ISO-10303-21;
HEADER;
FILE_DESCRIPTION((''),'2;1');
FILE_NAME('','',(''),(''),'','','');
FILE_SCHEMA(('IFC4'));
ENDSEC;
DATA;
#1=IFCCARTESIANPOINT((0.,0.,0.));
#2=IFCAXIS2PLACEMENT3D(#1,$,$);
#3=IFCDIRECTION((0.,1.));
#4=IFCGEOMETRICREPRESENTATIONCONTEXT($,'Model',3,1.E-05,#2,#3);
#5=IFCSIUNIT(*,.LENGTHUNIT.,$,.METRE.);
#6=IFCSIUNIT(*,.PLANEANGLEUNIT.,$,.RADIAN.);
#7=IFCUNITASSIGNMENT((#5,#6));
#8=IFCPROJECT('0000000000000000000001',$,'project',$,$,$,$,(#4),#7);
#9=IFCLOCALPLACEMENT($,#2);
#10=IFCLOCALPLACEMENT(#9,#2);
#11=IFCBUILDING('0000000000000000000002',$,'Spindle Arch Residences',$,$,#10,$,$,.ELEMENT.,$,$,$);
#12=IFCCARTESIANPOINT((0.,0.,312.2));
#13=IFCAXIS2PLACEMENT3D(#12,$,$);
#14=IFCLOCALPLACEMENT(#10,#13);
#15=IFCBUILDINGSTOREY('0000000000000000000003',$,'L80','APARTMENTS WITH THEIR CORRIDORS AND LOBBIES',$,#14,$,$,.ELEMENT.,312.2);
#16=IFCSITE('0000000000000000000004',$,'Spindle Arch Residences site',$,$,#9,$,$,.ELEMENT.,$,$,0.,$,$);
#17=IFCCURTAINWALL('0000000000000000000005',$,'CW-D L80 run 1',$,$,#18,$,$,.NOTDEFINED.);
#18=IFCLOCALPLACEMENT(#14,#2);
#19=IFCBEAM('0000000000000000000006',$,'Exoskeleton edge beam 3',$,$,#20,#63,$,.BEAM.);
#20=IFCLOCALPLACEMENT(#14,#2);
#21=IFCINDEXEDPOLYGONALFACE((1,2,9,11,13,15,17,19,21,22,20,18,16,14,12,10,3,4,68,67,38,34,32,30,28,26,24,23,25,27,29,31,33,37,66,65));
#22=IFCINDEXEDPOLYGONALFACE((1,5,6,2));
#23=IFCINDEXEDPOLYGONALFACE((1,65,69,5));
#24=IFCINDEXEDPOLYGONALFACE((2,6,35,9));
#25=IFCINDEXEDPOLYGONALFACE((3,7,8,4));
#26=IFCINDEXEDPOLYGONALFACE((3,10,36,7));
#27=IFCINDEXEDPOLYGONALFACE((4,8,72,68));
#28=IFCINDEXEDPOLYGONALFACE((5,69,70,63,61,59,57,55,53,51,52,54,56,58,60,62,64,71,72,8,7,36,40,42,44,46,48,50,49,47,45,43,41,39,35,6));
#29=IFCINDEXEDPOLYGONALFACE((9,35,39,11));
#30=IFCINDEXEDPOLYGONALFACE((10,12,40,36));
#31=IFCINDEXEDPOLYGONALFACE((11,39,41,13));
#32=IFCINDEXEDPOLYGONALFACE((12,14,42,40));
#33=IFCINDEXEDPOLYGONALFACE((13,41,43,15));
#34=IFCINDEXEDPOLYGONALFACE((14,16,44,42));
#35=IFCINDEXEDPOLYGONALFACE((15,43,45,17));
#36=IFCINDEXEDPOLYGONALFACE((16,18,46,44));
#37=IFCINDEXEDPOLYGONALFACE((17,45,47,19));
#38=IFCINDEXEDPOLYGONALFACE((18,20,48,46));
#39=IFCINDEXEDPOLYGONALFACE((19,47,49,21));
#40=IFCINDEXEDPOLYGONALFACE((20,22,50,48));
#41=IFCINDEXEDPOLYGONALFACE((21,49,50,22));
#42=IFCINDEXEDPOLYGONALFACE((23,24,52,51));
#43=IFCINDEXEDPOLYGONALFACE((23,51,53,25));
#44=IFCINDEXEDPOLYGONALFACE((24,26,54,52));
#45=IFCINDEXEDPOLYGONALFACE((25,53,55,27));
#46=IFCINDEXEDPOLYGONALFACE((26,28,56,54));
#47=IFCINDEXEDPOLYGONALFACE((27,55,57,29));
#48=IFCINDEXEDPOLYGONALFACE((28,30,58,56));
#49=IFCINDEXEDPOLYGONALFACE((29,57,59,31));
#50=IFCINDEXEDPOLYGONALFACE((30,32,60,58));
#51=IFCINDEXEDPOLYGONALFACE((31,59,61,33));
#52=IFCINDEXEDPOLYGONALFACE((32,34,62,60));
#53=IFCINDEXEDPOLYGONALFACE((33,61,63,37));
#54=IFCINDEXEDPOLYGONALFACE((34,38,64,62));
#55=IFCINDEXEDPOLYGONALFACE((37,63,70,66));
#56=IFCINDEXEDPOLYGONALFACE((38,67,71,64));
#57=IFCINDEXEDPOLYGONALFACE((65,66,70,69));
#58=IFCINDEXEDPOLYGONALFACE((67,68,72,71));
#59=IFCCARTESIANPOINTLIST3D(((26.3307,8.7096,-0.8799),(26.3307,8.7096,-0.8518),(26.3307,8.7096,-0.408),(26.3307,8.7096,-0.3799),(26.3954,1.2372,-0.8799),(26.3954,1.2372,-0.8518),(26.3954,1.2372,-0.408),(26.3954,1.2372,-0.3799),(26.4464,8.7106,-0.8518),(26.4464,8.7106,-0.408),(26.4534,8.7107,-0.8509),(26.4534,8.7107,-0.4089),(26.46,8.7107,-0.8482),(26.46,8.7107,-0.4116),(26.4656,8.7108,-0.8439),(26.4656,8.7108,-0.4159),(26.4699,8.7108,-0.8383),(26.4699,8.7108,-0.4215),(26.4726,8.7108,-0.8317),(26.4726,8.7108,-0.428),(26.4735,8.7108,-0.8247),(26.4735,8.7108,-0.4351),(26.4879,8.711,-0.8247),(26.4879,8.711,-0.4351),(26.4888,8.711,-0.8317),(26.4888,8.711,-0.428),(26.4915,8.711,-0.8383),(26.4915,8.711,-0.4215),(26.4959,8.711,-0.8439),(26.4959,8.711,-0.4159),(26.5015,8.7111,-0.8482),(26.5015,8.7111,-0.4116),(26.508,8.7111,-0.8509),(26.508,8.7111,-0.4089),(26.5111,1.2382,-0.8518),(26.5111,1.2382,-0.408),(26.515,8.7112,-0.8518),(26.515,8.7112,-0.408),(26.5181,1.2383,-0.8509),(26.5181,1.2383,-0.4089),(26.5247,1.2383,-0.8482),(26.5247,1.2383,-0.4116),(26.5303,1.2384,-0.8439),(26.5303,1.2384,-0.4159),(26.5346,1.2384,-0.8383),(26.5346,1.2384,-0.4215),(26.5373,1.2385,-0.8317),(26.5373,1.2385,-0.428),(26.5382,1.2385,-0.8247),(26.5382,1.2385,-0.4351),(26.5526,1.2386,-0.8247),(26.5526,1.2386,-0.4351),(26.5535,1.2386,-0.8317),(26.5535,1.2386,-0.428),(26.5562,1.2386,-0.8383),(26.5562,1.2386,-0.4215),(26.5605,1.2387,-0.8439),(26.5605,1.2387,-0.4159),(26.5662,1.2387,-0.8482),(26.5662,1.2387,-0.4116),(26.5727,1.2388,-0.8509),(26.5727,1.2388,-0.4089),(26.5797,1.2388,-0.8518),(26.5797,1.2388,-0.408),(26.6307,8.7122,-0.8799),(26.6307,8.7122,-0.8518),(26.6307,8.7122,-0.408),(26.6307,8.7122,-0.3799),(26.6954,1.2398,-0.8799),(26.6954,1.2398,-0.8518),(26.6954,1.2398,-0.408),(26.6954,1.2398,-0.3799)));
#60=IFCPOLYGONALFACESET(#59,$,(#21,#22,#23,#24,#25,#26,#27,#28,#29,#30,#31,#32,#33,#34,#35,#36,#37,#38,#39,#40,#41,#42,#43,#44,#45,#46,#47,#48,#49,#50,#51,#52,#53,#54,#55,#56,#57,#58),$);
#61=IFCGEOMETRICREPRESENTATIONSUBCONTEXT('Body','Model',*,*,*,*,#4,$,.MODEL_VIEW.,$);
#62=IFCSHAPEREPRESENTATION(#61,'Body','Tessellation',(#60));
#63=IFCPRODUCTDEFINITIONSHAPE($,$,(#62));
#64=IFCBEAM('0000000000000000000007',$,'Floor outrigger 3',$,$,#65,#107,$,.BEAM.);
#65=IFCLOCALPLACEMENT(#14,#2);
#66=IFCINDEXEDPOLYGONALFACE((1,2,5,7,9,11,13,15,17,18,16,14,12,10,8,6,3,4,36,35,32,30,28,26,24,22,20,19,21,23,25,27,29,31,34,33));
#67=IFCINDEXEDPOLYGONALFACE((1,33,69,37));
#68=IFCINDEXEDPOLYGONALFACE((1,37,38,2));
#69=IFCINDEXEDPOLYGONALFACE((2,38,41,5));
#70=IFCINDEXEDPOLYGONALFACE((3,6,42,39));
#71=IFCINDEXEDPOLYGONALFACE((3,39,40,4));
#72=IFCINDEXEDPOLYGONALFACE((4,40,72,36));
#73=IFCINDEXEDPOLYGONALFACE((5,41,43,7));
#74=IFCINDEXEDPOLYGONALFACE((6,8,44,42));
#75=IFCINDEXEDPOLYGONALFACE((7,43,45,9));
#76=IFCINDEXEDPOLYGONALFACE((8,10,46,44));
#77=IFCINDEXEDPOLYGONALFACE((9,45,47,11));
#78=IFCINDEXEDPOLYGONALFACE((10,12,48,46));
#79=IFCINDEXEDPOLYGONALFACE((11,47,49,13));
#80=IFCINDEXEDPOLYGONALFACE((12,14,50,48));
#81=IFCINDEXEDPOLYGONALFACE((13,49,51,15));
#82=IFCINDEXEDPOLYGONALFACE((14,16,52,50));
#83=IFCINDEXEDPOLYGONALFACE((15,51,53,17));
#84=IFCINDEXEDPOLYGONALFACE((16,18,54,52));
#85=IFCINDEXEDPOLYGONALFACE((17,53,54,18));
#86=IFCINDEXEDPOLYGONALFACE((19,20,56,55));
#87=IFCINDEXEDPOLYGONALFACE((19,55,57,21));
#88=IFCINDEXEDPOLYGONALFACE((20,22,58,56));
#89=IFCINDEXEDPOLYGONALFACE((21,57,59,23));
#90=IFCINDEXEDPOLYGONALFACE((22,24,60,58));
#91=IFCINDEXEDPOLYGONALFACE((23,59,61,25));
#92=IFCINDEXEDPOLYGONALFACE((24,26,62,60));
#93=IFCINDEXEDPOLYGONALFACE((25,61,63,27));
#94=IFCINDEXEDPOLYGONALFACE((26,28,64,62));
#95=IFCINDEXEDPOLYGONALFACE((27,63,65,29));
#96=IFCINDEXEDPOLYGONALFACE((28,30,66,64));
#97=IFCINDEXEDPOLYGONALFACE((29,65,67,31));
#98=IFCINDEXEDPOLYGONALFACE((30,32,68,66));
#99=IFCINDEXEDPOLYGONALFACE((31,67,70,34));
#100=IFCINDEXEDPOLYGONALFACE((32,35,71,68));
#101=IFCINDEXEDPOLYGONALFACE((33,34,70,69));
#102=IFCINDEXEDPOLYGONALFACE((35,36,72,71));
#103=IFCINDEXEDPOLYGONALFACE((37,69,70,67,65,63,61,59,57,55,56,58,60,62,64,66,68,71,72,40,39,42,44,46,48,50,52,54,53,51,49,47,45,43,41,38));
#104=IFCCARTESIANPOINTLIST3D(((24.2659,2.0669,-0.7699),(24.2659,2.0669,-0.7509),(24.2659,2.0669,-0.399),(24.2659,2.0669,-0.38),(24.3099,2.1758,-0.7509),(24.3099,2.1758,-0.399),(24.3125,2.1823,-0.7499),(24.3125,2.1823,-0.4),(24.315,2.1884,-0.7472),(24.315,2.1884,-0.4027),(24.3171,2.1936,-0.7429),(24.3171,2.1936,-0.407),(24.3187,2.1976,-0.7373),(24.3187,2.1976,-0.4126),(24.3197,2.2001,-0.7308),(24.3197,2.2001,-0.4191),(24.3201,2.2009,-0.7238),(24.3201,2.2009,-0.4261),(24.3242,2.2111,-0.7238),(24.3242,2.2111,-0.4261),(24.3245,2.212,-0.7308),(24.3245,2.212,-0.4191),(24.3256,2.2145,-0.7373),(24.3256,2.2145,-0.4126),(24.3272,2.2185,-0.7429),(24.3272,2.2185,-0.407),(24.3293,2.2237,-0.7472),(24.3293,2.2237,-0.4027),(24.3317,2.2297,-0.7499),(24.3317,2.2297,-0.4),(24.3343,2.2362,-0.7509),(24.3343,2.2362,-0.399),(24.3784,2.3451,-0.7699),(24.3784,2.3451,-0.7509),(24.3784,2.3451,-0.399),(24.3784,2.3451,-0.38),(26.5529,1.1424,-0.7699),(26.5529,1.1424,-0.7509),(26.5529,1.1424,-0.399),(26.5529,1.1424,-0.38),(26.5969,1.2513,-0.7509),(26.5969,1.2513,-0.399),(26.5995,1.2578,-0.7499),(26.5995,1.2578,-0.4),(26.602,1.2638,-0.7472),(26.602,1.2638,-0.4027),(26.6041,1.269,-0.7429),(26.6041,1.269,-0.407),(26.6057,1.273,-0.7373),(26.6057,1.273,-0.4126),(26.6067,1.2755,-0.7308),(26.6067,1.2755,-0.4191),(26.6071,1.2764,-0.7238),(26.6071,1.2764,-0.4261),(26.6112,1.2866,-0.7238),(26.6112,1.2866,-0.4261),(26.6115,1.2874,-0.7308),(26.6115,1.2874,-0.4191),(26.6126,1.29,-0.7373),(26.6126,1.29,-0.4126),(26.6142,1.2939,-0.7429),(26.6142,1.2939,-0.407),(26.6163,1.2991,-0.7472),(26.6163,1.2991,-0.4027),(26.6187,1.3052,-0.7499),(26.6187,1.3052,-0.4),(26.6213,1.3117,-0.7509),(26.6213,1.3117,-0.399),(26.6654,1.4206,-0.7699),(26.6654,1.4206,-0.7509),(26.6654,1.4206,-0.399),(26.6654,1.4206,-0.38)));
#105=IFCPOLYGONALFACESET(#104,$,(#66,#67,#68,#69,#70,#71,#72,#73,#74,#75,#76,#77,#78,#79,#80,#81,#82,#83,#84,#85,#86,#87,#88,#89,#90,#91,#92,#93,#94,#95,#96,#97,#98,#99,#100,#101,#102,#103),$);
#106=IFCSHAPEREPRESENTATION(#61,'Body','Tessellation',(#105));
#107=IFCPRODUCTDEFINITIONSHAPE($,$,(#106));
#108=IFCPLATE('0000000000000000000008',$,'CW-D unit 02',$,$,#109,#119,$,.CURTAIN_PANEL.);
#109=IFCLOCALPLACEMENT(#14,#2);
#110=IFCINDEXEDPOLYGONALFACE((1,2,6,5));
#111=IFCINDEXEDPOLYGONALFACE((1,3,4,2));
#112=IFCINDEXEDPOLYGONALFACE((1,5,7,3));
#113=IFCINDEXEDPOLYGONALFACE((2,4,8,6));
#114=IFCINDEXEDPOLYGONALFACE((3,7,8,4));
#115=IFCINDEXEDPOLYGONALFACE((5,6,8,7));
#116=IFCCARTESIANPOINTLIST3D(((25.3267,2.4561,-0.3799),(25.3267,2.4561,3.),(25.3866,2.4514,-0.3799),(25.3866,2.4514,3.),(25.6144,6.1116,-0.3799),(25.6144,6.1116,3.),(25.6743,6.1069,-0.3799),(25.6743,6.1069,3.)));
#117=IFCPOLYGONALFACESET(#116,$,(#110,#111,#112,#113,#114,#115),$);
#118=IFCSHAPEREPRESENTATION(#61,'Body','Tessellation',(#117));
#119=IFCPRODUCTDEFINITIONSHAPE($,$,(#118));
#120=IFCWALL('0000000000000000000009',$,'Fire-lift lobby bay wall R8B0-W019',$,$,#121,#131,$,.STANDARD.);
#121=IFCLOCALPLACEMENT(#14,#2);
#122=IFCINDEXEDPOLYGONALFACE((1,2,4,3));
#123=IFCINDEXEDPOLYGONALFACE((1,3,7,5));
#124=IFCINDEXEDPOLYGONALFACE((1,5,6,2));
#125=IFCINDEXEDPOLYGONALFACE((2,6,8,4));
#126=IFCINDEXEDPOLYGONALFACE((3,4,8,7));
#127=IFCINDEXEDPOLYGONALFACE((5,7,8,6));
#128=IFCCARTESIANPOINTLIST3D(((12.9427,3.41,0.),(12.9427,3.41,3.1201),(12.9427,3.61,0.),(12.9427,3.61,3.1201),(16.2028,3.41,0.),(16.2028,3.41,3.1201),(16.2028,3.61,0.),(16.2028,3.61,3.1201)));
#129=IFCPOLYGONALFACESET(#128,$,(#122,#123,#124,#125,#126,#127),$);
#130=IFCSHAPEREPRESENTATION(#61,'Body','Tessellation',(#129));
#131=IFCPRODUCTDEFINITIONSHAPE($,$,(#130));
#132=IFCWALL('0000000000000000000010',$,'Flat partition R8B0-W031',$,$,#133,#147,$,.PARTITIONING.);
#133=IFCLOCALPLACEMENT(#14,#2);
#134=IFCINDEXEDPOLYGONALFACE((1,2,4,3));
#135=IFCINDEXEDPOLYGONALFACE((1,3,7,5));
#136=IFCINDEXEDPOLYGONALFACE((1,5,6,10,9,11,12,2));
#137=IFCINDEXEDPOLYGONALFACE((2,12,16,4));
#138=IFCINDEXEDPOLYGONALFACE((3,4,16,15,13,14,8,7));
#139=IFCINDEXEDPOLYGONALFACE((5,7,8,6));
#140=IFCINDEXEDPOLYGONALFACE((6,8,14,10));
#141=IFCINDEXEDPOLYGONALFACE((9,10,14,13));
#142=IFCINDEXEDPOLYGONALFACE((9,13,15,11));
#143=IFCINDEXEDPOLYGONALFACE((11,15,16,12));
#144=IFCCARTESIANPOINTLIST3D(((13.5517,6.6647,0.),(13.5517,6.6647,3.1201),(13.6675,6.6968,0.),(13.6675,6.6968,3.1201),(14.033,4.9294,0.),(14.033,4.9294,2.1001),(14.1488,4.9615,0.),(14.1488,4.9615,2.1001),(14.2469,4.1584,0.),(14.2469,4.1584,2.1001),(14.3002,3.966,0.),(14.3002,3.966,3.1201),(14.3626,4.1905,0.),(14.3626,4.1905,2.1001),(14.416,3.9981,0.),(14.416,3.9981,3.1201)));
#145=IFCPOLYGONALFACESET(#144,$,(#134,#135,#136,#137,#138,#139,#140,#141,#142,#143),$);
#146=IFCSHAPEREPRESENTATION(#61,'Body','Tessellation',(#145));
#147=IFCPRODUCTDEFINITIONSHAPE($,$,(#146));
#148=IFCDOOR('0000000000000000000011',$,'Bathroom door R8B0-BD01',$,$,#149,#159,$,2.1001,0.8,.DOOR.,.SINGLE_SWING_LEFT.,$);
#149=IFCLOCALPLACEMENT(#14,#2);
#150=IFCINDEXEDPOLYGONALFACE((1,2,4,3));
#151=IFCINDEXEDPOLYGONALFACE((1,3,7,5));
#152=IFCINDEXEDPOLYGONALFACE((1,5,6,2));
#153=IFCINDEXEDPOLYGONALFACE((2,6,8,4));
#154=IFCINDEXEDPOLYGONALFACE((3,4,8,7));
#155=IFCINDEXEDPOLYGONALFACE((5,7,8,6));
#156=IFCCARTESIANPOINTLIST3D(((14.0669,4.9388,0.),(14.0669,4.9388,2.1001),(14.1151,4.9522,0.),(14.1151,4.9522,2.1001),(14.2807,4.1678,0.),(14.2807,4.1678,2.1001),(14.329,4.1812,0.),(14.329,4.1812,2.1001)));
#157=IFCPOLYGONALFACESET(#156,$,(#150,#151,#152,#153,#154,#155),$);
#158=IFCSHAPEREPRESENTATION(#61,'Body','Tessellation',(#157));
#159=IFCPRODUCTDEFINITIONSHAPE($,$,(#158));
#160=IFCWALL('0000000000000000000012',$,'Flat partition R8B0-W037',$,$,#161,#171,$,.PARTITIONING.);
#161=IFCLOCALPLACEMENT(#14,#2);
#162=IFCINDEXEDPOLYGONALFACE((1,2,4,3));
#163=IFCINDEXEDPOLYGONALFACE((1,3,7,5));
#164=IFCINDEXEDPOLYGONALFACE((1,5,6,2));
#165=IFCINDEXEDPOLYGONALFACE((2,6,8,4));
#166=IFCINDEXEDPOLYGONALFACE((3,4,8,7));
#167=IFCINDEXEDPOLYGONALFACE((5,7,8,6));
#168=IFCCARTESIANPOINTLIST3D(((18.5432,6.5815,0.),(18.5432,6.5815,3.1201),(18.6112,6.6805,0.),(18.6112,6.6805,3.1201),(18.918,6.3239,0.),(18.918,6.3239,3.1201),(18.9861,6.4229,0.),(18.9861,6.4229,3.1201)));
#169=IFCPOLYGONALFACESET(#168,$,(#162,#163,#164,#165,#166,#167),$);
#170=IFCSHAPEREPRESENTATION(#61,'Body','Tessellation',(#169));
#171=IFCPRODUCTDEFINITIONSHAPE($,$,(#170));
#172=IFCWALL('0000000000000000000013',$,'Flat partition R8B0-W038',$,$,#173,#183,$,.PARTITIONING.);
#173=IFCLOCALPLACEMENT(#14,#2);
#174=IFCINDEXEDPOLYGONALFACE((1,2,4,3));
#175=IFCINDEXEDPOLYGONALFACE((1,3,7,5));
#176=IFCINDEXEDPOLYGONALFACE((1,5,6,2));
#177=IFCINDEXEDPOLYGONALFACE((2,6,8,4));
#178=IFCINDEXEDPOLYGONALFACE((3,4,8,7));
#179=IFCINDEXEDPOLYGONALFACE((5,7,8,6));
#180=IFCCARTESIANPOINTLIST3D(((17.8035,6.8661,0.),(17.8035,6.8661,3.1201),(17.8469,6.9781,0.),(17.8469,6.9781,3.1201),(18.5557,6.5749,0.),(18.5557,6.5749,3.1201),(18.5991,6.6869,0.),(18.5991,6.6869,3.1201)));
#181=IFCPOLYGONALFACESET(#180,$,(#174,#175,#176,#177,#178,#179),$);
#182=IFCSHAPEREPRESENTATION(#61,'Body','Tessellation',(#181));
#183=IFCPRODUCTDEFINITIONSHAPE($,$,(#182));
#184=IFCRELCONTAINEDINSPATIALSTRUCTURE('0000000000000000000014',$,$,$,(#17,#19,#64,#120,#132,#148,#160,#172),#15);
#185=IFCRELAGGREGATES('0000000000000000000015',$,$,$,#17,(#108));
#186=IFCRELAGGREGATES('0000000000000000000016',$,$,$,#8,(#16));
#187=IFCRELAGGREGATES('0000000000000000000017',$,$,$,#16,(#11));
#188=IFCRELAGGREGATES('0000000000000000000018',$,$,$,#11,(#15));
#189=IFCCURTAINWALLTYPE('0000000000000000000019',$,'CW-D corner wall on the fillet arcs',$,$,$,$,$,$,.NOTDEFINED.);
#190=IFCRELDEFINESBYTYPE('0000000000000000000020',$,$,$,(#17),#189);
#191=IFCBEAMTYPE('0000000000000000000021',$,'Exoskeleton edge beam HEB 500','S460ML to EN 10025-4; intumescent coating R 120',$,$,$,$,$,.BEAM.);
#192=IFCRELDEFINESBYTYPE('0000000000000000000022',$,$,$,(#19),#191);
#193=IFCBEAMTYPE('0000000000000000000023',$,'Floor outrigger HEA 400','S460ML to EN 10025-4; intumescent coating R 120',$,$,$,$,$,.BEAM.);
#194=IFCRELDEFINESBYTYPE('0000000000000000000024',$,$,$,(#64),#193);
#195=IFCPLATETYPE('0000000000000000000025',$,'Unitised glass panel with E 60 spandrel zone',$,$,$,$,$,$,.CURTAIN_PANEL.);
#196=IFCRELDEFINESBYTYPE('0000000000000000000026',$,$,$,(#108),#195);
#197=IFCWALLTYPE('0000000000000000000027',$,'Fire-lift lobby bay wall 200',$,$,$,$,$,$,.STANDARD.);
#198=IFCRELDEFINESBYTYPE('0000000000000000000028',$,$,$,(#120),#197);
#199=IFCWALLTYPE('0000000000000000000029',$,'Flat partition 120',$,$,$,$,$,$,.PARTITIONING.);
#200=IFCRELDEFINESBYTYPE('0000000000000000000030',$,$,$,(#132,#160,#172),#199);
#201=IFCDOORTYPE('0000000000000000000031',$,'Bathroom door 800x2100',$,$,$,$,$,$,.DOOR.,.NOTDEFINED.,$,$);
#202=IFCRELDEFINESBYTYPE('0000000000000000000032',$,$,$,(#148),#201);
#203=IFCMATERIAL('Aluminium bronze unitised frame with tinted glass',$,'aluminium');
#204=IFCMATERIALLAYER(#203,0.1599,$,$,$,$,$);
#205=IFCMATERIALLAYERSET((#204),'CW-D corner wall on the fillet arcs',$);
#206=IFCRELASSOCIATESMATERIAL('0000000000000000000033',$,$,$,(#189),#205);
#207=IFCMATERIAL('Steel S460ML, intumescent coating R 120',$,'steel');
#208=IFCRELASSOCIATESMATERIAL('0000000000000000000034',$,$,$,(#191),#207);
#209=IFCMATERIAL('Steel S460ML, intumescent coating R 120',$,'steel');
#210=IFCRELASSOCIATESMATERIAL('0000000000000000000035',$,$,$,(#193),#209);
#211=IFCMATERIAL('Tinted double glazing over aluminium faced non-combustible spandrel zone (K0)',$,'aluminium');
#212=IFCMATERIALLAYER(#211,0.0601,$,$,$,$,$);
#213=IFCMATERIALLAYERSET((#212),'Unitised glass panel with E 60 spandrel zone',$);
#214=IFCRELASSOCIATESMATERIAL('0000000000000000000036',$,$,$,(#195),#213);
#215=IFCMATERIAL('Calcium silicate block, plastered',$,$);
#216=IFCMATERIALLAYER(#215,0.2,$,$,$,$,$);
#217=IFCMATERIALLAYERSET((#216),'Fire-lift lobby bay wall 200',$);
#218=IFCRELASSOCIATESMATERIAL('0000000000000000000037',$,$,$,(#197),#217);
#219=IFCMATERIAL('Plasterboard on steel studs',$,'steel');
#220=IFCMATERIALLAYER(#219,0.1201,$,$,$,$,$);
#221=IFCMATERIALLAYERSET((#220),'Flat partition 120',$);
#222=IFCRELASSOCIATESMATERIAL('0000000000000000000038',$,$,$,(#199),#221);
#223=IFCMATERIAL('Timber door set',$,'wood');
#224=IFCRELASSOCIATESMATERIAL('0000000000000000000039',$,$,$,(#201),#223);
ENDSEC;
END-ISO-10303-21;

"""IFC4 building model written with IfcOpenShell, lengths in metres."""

from ifc_helpers import new_model, si_unit, direction, frame, frame_2d, origin, origin_2d, place, context, subcontext, project, spatial, rectangle, i_section, extrude, material, layer, layer_set, material_profile, profile_set, type_object, element, fill, aggregate, save


model = new_model("IFC4")

# Units and contexts
model_context = context("Model", 3, precision=1e-05, world=origin(), true_north=direction((0.0, 1.0)))
body_context = subcontext(model_context, "Body", "Model", "MODEL_VIEW")
ifc_project = project(units=[si_unit("LENGTHUNIT", "METRE"), si_unit("PLANEANGLEUNIT", "RADIAN")], contexts=[model_context])

# Site, building, storey
site_placement = place(None, origin())
site = spatial("IfcSite", under=ifc_project, at=site_placement, Name="Spindle Arch Residences site", CompositionType="ELEMENT", RefElevation=0.0)
building_placement = place(site_placement, origin())
building = spatial("IfcBuilding", under=site, at=building_placement, Name="Spindle Arch Residences", CompositionType="ELEMENT")
storey_placement = place(building_placement, frame((0.0, 0.0, 312.2)))
storey = spatial("IfcBuildingStorey", under=building, at=storey_placement, Name="L80", Description="APARTMENTS WITH THEIR CORRIDORS AND LOBBIES", CompositionType="ELEMENT", Elevation=312.2)

# Curtain wall
ifc_material_1 = material(Name="Aluminium bronze unitised frame with tinted glass", Category="aluminium")
ifc_layer_1 = layer(ifc_material_1, 0.1599)
ifc_layer_set_1 = layer_set([ifc_layer_1], Name="CW-D corner wall on the fillet arcs")
curtain_wall_type = type_object("IfcCurtainWallType", Name="CW-D corner wall on the fillet arcs", PredefinedType="NOTDEFINED", material=ifc_layer_set_1)
curtain_wall_placement = place(storey_placement, origin())
curtain_wall = element("IfcCurtainWall", 1, at=curtain_wall_placement, inside=storey, type_object=curtain_wall_type, Name="CW-D L80 run 1", PredefinedType="NOTDEFINED")

# Beams
ifc_material_2 = material(Name="Steel S460ML, intumescent coating R 120", Category="steel")
ifc_material_profile_1 = material_profile(ifc_material_2, i_section(OverallWidth=0.3, OverallDepth=0.5, WebThickness=0.0144, FlangeThickness=0.0281, FilletRadius=0.0271, at=origin_2d()), Name="HEB 500")
ifc_profile_set_1 = profile_set([ifc_material_profile_1], Name="Steel S460ML, intumescent coating R 120")
beam_type_1 = type_object("IfcBeamType", Name="Exoskeleton edge beam HEB 500", Description="S460ML to EN 10025-4; intumescent coating R 120", PredefinedType="BEAM", material=ifc_profile_set_1)
beam_1_placement = place(storey_placement, frame((26.5454, 1.2385, -0.6299), z_axis=(-0.008658, 0.999963, 0.0), x_axis=(-0.999963, -0.008658, 0.0)))
element("IfcBeam", 2, at=beam_1_placement, inside=storey, type_object=beam_type_1, Name="Exoskeleton edge beam 3", PredefinedType="BEAM", context=body_context, shape_type="SweptSolid", body=[
    extrude(i_section(OverallWidth=0.3, OverallDepth=0.5, WebThickness=0.0144, FlangeThickness=0.0281, FilletRadius=0.0271, at=origin_2d()), origin(), (0.0, 0.0, 1.0), 7.4727),
])
ifc_material_3 = material(Name="Steel S460ML, intumescent coating R 120", Category="steel")
ifc_material_profile_2 = material_profile(ifc_material_3, i_section(OverallWidth=0.3, OverallDepth=0.3899, WebThickness=0.011, FlangeThickness=0.019, FilletRadius=0.0271, at=origin_2d()), Name="HEA 400")
ifc_profile_set_2 = profile_set([ifc_material_profile_2], Name="Steel S460ML, intumescent coating R 120")
beam_type_2 = type_object("IfcBeamType", Name="Floor outrigger HEA 400", Description="S460ML to EN 10025-4; intumescent coating R 120", PredefinedType="BEAM", material=ifc_profile_set_2)
beam_2_placement = place(storey_placement, frame((26.6091, 1.2815, -0.575), z_axis=(-0.927112, 0.374784, 0.0), x_axis=(-0.374784, -0.927112, 0.0)))
element("IfcBeam", 3, at=beam_2_placement, inside=storey, type_object=beam_type_2, Name="Floor outrigger 3", PredefinedType="BEAM", context=body_context, shape_type="SweptSolid", body=[
    extrude(i_section(OverallWidth=0.3, OverallDepth=0.3899, WebThickness=0.011, FlangeThickness=0.019, FilletRadius=0.0271, at=origin_2d()), origin(), (0.0, 0.0, 1.0), 2.4668),
])

# Plate
ifc_material_4 = material(Name="Tinted double glazing over aluminium faced non-combustible spandrel zone (K0)", Category="aluminium")
ifc_layer_2 = layer(ifc_material_4, 0.0601)
ifc_layer_set_2 = layer_set([ifc_layer_2], Name="Unitised glass panel with E 60 spandrel zone")
plate_type = type_object("IfcPlateType", Name="Unitised glass panel with E 60 spandrel zone", PredefinedType="CURTAIN_PANEL", material=ifc_layer_set_2)
plate_placement = place(storey_placement, frame((25.5005, 4.2815, -0.3799), z_axis=(0.0, 0.0, 1.0), x_axis=(0.078459, 0.996917, 0.0)))
plate = element("IfcPlate", 4, at=plate_placement, type_object=plate_type, Name="CW-D unit 02", PredefinedType="CURTAIN_PANEL", context=body_context, shape_type="SweptSolid", body=[
    extrude(rectangle(XDim=3.6667, YDim=0.0601, at=origin_2d()), origin(), (0.0, 0.0, 1.0), 3.3799),
])
aggregate(curtain_wall, [plate])

# Wall
ifc_material_5 = material(Name="Calcium silicate block, plastered")
ifc_layer_3 = layer(ifc_material_5, 0.2)
ifc_layer_set_3 = layer_set([ifc_layer_3], Name="Fire-lift lobby bay wall 200")
wall_type_1 = type_object("IfcWallType", Name="Fire-lift lobby bay wall 200", PredefinedType="STANDARD", material=ifc_layer_set_3)
wall_1_placement = place(storey_placement, frame((16.2026, 3.51, 0.0), z_axis=(0.0, 0.0, 1.0), x_axis=(-1.0, 0.0, 0.0)))
element("IfcWall", 5, at=wall_1_placement, inside=storey, type_object=wall_type_1, Name="Fire-lift lobby bay wall R8B0-W019", PredefinedType="STANDARD", context=body_context, shape_type="SweptSolid", body=[
    extrude(rectangle(XDim=3.26, YDim=0.2, at=frame_2d((1.6299, 0.0))), origin(), (0.0, 0.0, 1.0), 3.1201),
])

# Wall, opening, door
ifc_material_6 = material(Name="Plasterboard on steel studs", Category="steel")
ifc_layer_4 = layer(ifc_material_6, 0.1201)
ifc_layer_set_4 = layer_set([ifc_layer_4], Name="Flat partition 120")
wall_type_2 = type_object("IfcWallType", Name="Flat partition 120", PredefinedType="PARTITIONING", material=ifc_layer_set_4)
wall_2_placement = place(storey_placement, frame((14.3582, 3.9819, 0.0), z_axis=(0.0, 0.0, 1.0), x_axis=(-0.267275, 0.96362, 0.0)))
wall_2 = element("IfcWall", 6, at=wall_2_placement, inside=storey, type_object=wall_type_2, Name="Flat partition R8B0-W031", PredefinedType="PARTITIONING", context=body_context, shape_type="SweptSolid", body=[
    extrude(rectangle(XDim=2.8005, YDim=0.1201, at=frame_2d((1.4004, 0.0))), origin(), (0.0, 0.0, 1.0), 3.1201),
])
opening_1_placement = place(wall_2_placement, frame((0.2, 0.0, 0.0)))
opening_1 = element("IfcOpeningElement", 7, at=opening_1_placement, cuts=wall_2, PredefinedType="OPENING", context=body_context, shape_type="SweptSolid", body=[
    extrude(rectangle(XDim=0.8, YDim=2.1001, at=frame_2d((0.3999, 1.05))), frame((0.0, 0.0701, 0.0), z_axis=(0.0, -1.0, 0.0), x_axis=(1.0, 0.0, 0.0)), (0.0, 0.0, 1.0), 0.1401),
])
ifc_material_7 = material(Name="Timber door set", Category="wood")
door_type_1 = type_object("IfcDoorType", Name="Bathroom door 800x2100", OperationType="NOTDEFINED", PredefinedType="DOOR", material=ifc_material_7)
door_1_placement = place(opening_1_placement, origin())
door_1 = element("IfcDoor", 8, at=door_1_placement, inside=storey, type_object=door_type_1, Name="Bathroom door R8B0-BD01", OperationType="SINGLE_SWING_LEFT", OverallHeight=2.1001, OverallWidth=0.8, PredefinedType="DOOR", context=body_context, shape_type="SweptSolid", body=[
    extrude(rectangle(XDim=0.8, YDim=2.1001, at=frame_2d((0.3999, 1.05))), frame((0.0, 0.0249, 0.0), z_axis=(0.0, -1.0, 0.0), x_axis=(1.0, 0.0, 0.0)), (0.0, 0.0, 1.0), 0.05),
])
fill(opening_1, door_1)

# Walls
wall_3_placement = place(storey_placement, frame((18.9521, 6.3733, 0.0), z_axis=(0.0, 0.0, 1.0), x_axis=(-0.82412, 0.566415, 0.0)))
element("IfcWall", 9, at=wall_3_placement, inside=storey, type_object=wall_type_2, Name="Flat partition R8B0-W037", PredefinedType="PARTITIONING", context=body_context, shape_type="SweptSolid", body=[
    extrude(rectangle(XDim=0.4548, YDim=0.1201, at=frame_2d((0.2275, 0.0))), origin(), (0.0, 0.0, 1.0), 3.1201),
])
wall_4_placement = place(storey_placement, frame((18.5774, 6.6309, 0.0), z_axis=(0.0, 0.0, 1.0), x_axis=(-0.932532, 0.361088, 0.0)))
element("IfcWall", 10, at=wall_4_placement, inside=storey, type_object=wall_type_2, Name="Flat partition R8B0-W038", PredefinedType="PARTITIONING", context=body_context, shape_type="SweptSolid", body=[
    extrude(rectangle(XDim=0.8066, YDim=0.1201, at=frame_2d((0.4033, 0.0))), origin(), (0.0, 0.0, 1.0), 3.1201),
])

save(model, "model.ifc")
